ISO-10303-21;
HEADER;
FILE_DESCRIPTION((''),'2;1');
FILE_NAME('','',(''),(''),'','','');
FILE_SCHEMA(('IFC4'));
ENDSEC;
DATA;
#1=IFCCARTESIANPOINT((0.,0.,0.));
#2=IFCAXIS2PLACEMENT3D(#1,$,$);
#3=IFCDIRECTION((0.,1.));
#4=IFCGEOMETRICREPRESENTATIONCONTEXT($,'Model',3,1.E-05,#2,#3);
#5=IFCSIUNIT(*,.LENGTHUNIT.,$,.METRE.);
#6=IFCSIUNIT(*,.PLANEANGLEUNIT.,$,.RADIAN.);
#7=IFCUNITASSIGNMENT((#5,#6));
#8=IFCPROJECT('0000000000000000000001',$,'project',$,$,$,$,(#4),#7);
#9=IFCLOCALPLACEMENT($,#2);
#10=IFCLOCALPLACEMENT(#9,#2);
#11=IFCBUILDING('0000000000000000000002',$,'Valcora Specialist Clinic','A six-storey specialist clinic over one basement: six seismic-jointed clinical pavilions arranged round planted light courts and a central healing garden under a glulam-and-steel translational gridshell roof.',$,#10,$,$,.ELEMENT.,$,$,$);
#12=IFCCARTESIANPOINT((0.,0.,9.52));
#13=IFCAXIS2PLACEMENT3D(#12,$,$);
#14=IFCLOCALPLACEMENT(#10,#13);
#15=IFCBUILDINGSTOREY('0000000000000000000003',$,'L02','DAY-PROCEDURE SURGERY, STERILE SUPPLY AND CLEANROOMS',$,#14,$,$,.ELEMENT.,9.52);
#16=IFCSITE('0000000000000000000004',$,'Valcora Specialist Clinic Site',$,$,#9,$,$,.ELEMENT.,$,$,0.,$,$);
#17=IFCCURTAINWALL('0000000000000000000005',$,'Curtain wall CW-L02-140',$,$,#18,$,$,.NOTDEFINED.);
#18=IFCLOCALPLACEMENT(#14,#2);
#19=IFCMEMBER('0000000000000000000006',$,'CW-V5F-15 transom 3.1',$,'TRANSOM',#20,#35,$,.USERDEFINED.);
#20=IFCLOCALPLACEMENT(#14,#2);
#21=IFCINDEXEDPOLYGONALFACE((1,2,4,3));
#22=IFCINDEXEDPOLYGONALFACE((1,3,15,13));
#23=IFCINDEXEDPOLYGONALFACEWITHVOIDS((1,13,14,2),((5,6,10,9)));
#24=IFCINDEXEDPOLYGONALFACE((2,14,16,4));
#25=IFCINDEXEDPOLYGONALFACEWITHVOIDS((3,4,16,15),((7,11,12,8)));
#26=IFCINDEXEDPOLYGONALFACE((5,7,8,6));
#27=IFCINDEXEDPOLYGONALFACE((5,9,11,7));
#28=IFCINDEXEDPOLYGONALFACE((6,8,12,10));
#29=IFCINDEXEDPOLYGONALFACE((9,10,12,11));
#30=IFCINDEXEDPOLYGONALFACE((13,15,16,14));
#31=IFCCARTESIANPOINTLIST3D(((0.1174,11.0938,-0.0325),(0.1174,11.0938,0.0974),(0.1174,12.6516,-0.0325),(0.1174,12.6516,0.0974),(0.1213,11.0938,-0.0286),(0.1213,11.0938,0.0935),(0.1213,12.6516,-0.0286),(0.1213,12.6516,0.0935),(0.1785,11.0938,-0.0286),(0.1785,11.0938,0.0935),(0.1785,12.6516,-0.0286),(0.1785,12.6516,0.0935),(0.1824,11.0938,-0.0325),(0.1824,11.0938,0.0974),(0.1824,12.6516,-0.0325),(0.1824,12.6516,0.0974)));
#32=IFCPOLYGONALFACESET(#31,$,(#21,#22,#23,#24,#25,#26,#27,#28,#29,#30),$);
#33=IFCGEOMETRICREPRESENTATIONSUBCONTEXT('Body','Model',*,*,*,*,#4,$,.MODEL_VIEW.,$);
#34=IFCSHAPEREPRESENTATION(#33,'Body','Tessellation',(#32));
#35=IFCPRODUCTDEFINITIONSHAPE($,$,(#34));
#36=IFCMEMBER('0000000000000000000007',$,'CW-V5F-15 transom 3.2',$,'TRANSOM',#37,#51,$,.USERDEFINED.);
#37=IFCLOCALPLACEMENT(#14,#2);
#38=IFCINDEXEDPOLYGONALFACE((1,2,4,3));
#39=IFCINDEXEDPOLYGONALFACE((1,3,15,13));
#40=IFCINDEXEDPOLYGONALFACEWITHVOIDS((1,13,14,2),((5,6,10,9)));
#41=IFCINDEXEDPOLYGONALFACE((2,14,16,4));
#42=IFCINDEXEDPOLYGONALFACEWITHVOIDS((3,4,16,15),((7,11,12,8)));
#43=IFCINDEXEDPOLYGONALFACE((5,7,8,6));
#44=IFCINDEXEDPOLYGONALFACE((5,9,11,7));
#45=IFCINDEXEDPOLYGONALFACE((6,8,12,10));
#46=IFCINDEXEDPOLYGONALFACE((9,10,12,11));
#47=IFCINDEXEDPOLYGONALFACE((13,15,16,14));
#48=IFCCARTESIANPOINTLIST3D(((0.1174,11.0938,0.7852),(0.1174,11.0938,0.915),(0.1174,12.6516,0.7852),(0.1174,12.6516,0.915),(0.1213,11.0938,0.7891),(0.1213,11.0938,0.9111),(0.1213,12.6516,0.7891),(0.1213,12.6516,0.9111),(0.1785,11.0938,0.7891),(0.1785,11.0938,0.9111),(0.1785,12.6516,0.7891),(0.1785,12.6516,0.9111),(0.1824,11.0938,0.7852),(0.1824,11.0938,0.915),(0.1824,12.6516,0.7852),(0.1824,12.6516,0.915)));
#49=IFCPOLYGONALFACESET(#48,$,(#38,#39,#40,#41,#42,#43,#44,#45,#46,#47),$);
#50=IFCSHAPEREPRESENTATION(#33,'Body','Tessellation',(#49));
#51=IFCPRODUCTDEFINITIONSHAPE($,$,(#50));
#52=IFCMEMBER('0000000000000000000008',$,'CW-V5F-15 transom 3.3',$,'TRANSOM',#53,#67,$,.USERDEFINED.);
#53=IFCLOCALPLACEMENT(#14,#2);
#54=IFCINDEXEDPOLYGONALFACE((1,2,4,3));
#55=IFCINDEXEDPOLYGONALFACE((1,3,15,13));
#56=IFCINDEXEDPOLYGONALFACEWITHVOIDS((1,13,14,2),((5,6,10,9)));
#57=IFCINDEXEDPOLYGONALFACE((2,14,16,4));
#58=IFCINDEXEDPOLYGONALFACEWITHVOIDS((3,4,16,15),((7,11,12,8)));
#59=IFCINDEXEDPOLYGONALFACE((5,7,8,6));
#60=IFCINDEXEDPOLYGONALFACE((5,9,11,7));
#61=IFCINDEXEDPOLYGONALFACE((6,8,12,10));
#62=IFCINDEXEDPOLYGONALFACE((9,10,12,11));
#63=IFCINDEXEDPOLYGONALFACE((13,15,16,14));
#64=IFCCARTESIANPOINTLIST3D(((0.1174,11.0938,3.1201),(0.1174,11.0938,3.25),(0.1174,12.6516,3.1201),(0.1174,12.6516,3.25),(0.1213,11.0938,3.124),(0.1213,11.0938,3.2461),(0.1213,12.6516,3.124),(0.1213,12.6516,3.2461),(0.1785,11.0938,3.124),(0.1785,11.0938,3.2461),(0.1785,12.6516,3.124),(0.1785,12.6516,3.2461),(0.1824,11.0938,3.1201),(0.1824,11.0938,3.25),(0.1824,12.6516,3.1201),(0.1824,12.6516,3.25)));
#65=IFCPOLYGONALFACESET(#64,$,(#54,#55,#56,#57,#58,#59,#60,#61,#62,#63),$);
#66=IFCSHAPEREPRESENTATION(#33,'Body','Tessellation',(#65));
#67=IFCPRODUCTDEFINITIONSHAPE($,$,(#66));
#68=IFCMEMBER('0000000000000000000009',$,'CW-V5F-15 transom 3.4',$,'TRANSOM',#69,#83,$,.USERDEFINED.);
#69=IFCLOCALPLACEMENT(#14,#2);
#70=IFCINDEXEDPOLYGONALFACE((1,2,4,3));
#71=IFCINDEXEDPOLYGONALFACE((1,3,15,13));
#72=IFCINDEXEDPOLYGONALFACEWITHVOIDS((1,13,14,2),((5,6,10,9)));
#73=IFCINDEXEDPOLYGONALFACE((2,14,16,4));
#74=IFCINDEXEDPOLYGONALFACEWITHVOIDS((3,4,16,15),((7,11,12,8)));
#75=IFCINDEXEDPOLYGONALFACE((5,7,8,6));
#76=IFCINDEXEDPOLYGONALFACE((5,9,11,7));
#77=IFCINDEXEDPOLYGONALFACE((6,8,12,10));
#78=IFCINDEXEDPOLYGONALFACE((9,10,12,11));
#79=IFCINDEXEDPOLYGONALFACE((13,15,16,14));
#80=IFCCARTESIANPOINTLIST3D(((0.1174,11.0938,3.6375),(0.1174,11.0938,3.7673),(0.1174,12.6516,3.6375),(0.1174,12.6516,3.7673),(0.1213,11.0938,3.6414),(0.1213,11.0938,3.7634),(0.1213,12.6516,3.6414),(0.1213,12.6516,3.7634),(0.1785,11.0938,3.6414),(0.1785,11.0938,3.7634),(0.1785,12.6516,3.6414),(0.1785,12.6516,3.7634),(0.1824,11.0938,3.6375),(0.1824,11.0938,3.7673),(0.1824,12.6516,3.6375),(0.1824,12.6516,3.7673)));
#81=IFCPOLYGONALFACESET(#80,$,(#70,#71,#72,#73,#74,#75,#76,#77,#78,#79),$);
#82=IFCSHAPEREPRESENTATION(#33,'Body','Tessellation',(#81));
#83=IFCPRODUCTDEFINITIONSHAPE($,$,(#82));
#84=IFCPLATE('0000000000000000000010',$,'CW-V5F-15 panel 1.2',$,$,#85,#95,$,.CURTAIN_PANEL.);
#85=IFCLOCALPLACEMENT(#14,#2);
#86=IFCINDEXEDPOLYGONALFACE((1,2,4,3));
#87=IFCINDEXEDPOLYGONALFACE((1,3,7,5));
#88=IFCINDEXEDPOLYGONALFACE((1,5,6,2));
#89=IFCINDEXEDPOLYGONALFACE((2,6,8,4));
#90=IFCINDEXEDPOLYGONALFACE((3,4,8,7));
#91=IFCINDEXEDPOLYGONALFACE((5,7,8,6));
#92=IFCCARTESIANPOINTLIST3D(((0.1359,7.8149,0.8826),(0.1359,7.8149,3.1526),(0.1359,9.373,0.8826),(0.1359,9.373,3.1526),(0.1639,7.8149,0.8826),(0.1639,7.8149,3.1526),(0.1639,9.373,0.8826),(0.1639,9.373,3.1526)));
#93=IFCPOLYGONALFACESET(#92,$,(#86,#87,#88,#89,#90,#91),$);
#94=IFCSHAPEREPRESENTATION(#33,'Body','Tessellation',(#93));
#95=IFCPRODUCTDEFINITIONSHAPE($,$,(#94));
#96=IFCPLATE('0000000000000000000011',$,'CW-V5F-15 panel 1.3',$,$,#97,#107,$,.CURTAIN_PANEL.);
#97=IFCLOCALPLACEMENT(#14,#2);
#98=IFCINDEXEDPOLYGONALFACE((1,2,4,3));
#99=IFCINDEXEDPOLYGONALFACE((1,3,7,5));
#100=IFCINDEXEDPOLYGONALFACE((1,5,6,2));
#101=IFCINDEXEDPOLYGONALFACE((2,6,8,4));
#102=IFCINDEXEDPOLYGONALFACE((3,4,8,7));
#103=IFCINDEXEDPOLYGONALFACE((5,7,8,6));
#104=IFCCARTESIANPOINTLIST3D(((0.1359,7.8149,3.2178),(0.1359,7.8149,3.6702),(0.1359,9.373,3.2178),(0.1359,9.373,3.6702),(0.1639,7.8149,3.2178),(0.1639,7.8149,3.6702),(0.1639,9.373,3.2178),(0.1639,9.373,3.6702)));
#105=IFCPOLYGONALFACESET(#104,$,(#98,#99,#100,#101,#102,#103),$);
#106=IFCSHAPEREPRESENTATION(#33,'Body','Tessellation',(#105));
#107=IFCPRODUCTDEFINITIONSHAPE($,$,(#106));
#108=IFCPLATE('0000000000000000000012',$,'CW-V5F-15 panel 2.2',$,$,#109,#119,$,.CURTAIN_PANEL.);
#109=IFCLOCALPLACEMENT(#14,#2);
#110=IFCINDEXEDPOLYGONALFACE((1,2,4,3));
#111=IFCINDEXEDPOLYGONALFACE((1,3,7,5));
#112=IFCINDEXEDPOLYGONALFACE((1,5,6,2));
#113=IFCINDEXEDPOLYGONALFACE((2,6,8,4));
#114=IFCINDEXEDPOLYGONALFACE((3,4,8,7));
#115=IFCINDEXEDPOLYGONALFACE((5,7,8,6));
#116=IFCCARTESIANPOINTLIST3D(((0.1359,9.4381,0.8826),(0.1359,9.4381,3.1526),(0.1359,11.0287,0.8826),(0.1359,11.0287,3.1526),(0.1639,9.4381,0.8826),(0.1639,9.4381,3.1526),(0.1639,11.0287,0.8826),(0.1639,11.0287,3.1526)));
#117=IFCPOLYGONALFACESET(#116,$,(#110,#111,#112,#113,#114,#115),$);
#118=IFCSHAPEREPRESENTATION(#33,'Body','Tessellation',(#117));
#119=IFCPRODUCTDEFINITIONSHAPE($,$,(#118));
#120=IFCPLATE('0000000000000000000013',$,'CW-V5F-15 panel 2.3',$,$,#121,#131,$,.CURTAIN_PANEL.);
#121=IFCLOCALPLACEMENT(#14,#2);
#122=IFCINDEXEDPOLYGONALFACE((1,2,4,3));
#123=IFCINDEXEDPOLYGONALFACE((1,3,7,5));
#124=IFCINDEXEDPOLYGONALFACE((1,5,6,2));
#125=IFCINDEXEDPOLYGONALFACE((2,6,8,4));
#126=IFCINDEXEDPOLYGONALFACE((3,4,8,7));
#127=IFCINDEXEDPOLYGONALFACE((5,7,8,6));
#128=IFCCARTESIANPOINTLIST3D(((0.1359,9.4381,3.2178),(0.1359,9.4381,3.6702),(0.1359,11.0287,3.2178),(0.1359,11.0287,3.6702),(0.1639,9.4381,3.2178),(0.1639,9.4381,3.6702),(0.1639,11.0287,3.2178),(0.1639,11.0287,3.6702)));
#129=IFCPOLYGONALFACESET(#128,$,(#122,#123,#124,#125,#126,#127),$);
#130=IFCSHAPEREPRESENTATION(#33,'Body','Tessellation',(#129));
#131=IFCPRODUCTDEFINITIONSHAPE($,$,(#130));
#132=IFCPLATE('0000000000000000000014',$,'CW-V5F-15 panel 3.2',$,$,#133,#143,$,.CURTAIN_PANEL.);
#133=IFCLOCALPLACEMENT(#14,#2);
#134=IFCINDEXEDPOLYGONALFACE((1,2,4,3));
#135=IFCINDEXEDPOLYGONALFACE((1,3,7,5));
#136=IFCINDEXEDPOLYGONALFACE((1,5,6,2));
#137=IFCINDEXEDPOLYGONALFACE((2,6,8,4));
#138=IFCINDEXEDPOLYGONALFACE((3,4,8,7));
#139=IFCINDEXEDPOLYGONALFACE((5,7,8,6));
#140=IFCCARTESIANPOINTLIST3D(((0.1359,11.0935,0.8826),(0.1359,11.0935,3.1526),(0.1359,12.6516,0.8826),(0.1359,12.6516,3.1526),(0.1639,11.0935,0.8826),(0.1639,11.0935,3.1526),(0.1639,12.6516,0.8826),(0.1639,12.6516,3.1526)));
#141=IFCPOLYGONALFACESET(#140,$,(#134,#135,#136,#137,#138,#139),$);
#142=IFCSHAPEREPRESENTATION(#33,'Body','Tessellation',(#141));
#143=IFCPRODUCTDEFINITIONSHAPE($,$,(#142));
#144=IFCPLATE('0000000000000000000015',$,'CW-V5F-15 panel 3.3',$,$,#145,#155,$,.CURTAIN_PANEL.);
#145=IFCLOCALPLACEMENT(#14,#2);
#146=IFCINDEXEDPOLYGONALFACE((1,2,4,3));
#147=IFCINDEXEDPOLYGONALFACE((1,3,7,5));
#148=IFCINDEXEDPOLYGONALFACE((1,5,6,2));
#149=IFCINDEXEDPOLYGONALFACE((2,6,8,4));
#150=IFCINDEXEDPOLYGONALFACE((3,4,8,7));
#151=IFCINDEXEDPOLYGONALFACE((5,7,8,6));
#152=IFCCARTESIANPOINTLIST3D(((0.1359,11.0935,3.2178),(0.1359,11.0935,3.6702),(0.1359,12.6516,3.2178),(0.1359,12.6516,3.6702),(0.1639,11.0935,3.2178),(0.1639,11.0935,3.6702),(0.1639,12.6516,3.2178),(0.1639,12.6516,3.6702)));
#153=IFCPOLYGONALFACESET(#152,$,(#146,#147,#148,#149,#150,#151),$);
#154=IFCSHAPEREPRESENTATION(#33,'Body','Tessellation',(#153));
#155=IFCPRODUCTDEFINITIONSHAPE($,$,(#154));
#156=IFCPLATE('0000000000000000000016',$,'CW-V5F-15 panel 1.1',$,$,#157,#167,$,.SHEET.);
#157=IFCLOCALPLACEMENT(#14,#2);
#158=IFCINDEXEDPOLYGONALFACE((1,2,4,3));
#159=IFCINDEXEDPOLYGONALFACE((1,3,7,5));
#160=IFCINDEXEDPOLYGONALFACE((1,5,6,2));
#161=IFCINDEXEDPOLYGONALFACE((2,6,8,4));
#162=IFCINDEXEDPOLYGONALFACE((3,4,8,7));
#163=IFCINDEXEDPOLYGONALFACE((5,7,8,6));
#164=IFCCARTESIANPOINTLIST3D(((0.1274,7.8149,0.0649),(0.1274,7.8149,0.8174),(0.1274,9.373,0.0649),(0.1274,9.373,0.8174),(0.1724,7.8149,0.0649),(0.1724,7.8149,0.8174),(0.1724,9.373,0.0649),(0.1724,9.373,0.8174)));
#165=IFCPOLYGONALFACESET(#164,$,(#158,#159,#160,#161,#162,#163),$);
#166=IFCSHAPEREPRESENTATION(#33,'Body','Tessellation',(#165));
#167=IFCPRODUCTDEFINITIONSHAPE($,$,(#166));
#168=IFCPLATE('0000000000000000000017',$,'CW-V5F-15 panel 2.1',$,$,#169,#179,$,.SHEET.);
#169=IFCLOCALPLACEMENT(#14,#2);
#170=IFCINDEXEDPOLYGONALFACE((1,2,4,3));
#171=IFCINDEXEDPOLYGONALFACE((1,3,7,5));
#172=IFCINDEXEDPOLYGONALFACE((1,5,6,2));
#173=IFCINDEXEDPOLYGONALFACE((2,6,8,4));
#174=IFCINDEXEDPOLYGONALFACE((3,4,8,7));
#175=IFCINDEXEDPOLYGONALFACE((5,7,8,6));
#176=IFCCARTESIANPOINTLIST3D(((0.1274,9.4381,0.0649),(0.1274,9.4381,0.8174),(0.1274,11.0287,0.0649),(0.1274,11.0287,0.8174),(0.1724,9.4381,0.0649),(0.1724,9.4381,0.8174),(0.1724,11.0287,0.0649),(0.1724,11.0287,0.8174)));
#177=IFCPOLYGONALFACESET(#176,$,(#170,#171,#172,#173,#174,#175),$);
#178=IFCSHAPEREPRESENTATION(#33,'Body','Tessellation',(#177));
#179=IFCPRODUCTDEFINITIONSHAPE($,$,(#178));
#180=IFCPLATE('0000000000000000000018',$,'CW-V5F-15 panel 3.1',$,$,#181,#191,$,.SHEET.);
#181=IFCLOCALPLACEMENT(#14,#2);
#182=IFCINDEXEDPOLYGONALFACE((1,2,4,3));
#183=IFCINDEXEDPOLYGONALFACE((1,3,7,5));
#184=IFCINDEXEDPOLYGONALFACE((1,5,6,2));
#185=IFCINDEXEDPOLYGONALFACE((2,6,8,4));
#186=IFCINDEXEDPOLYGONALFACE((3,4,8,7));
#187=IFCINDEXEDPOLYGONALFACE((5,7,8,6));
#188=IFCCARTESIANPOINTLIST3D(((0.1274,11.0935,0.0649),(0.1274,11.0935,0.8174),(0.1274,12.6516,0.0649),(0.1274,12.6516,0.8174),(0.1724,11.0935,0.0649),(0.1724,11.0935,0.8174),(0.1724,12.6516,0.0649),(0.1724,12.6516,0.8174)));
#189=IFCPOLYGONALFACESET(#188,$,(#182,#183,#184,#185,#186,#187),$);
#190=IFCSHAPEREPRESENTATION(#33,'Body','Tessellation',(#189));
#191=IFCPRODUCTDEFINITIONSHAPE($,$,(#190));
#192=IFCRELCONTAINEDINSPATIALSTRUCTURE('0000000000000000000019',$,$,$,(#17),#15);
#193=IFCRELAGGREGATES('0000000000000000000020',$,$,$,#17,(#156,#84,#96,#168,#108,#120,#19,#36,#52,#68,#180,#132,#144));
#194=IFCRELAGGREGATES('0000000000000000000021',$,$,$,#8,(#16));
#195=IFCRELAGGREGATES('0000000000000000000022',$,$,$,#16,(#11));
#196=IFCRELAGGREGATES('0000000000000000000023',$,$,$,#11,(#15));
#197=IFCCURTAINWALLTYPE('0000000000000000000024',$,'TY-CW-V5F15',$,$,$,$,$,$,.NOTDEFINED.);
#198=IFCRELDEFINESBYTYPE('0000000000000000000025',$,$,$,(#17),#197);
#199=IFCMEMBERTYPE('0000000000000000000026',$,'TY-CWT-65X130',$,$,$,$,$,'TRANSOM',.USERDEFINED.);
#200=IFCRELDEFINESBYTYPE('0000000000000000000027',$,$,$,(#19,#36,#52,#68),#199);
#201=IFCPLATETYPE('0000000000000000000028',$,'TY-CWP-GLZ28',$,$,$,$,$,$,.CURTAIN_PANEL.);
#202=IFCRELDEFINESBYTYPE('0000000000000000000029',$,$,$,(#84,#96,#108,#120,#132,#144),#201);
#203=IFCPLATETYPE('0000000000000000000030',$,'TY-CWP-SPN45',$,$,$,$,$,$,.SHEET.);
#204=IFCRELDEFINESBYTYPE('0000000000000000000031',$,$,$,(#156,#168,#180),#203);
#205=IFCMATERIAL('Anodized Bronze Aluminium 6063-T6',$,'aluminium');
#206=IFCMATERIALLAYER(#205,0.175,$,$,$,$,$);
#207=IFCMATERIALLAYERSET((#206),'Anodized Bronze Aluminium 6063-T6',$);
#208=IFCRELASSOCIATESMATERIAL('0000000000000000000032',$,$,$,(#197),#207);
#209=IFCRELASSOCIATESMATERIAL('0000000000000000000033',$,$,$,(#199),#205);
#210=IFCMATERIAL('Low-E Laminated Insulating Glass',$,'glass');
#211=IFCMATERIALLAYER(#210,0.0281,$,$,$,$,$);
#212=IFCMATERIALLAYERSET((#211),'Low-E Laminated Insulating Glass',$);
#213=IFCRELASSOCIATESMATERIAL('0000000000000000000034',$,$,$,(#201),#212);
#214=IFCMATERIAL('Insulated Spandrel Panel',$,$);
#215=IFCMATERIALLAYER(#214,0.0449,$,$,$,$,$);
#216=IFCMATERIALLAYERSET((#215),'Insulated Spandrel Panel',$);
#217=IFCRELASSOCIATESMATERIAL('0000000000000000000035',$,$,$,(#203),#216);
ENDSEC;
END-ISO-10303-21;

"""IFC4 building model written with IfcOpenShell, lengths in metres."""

from ifc_helpers import new_model, si_unit, direction, frame, origin, origin_2d, place, context, subcontext, project, spatial, rectangle, hollow_rectangle, extrude, material, layer, layer_set, material_profile, profile_set, type_object, element, aggregate, save


model = new_model("IFC4")

# Units and contexts
model_context = context("Model", 3, precision=1e-05, world=origin(), true_north=direction((0.0, 1.0)))
body_context = subcontext(model_context, "Body", "Model", "MODEL_VIEW")
ifc_project = project(units=[si_unit("LENGTHUNIT", "METRE"), si_unit("PLANEANGLEUNIT", "RADIAN")], contexts=[model_context])

# Site, building, storey
site_placement = place(None, origin())
site = spatial("IfcSite", under=ifc_project, at=site_placement, Name="Valcora Specialist Clinic Site", CompositionType="ELEMENT", RefElevation=0.0)
building_placement = place(site_placement, origin())
building = spatial("IfcBuilding", under=site, at=building_placement, Name="Valcora Specialist Clinic", Description="A six-storey specialist clinic over one basement: six seismic-jointed clinical pavilions arranged round planted light courts and a central healing garden under a glulam-and-steel translational gridshell roof.", CompositionType="ELEMENT")
storey_placement = place(building_placement, frame((0.0, 0.0, 9.52)))
storey = spatial("IfcBuildingStorey", under=building, at=storey_placement, Name="L02", Description="DAY-PROCEDURE SURGERY, STERILE SUPPLY AND CLEANROOMS", CompositionType="ELEMENT", Elevation=9.52)

# Curtain wall, members, plates
ifc_material_1 = material(Name="Anodized Bronze Aluminium 6063-T6", Category="aluminium")
ifc_layer_1 = layer(ifc_material_1, 0.175)
ifc_layer_set_1 = layer_set([ifc_layer_1], Name="Anodized Bronze Aluminium 6063-T6")
curtain_wall_type = type_object("IfcCurtainWallType", Name="TY-CW-V5F15", PredefinedType="NOTDEFINED", material=ifc_layer_set_1)
curtain_wall_placement = place(storey_placement, origin())
curtain_wall = element("IfcCurtainWall", 1, at=curtain_wall_placement, inside=storey, type_object=curtain_wall_type, Name="Curtain wall CW-L02-140", PredefinedType="NOTDEFINED")
ifc_material_profile_1 = material_profile(ifc_material_1, hollow_rectangle(XDim=0.0649, YDim=0.1299, WallThickness=0.0039, at=origin_2d()), Name="AL-TRN-65X130")
ifc_profile_set_1 = profile_set([ifc_material_profile_1], Name="Anodized Bronze Aluminium 6063-T6")
member_type_1 = type_object("IfcMemberType", Name="TY-CWT-65X130", ElementType="TRANSOM", PredefinedType="USERDEFINED", material=ifc_profile_set_1)
member_1_placement = place(storey_placement, frame((0.1499, 11.0938, 0.0325), z_axis=(0.0, 1.0, 0.0), x_axis=(-1.0, 0.0, 0.0)))
member_1 = element("IfcMember", 2, at=member_1_placement, type_object=member_type_1, Name="CW-V5F-15 transom 3.1", ObjectType="TRANSOM", PredefinedType="USERDEFINED", context=body_context, shape_type="SweptSolid", body=[
    extrude(hollow_rectangle(XDim=0.0649, YDim=0.1299, WallThickness=0.0039, at=origin_2d()), origin(), (0.0, 0.0, 1.0), 1.5579),
])
member_2_placement = place(storey_placement, frame((0.1499, 11.0938, 0.8501), z_axis=(0.0, 1.0, 0.0), x_axis=(-1.0, 0.0, 0.0)))
member_2 = element("IfcMember", 3, at=member_2_placement, type_object=member_type_1, Name="CW-V5F-15 transom 3.2", ObjectType="TRANSOM", PredefinedType="USERDEFINED", context=body_context, shape_type="SweptSolid", body=[
    extrude(hollow_rectangle(XDim=0.0649, YDim=0.1299, WallThickness=0.0039, at=origin_2d()), origin(), (0.0, 0.0, 1.0), 1.5579),
])
member_3_placement = place(storey_placement, frame((0.1499, 11.0938, 3.1851), z_axis=(0.0, 1.0, 0.0), x_axis=(-1.0, 0.0, 0.0)))
member_3 = element("IfcMember", 4, at=member_3_placement, type_object=member_type_1, Name="CW-V5F-15 transom 3.3", ObjectType="TRANSOM", PredefinedType="USERDEFINED", context=body_context, shape_type="SweptSolid", body=[
    extrude(hollow_rectangle(XDim=0.0649, YDim=0.1299, WallThickness=0.0039, at=origin_2d()), origin(), (0.0, 0.0, 1.0), 1.5579),
])
member_4_placement = place(storey_placement, frame((0.1499, 11.0938, 3.7024), z_axis=(0.0, 1.0, 0.0), x_axis=(-1.0, 0.0, 0.0)))
member_4 = element("IfcMember", 5, at=member_4_placement, type_object=member_type_1, Name="CW-V5F-15 transom 3.4", ObjectType="TRANSOM", PredefinedType="USERDEFINED", context=body_context, shape_type="SweptSolid", body=[
    extrude(hollow_rectangle(XDim=0.0649, YDim=0.1299, WallThickness=0.0039, at=origin_2d()), origin(), (0.0, 0.0, 1.0), 1.5579),
])
ifc_material_2 = material(Name="Low-E Laminated Insulating Glass", Category="glass")
ifc_layer_2 = layer(ifc_material_2, 0.0281)
ifc_layer_set_2 = layer_set([ifc_layer_2], Name="Low-E Laminated Insulating Glass")
plate_type_1 = type_object("IfcPlateType", Name="TY-CWP-GLZ28", PredefinedType="CURTAIN_PANEL", material=ifc_layer_set_2)
plate_1_placement = place(storey_placement, frame((0.1499, 8.594, 0.8826), z_axis=(0.0, 0.0, 1.0), x_axis=(0.0, 1.0, 0.0)))
plate_1 = element("IfcPlate", 6, at=plate_1_placement, type_object=plate_type_1, Name="CW-V5F-15 panel 1.2", PredefinedType="CURTAIN_PANEL", context=body_context, shape_type="SweptSolid", body=[
    extrude(rectangle(XDim=1.5581, YDim=0.0281, at=origin_2d()), origin(), (0.0, 0.0, 1.0), 2.27),
])
plate_2_placement = place(storey_placement, frame((0.1499, 8.594, 3.2178), z_axis=(0.0, 0.0, 1.0), x_axis=(0.0, 1.0, 0.0)))
plate_2 = element("IfcPlate", 7, at=plate_2_placement, type_object=plate_type_1, Name="CW-V5F-15 panel 1.3", PredefinedType="CURTAIN_PANEL", context=body_context, shape_type="SweptSolid", body=[
    extrude(rectangle(XDim=1.5581, YDim=0.0281, at=origin_2d()), origin(), (0.0, 0.0, 1.0), 0.4524),
])
plate_3_placement = place(storey_placement, frame((0.1499, 10.2334, 0.8826), z_axis=(0.0, 0.0, 1.0), x_axis=(0.0, 1.0, 0.0)))
plate_3 = element("IfcPlate", 8, at=plate_3_placement, type_object=plate_type_1, Name="CW-V5F-15 panel 2.2", PredefinedType="CURTAIN_PANEL", context=body_context, shape_type="SweptSolid", body=[
    extrude(rectangle(XDim=1.5906, YDim=0.0281, at=origin_2d()), origin(), (0.0, 0.0, 1.0), 2.27),
])
plate_4_placement = place(storey_placement, frame((0.1499, 10.2334, 3.2178), z_axis=(0.0, 0.0, 1.0), x_axis=(0.0, 1.0, 0.0)))
plate_4 = element("IfcPlate", 9, at=plate_4_placement, type_object=plate_type_1, Name="CW-V5F-15 panel 2.3", PredefinedType="CURTAIN_PANEL", context=body_context, shape_type="SweptSolid", body=[
    extrude(rectangle(XDim=1.5906, YDim=0.0281, at=origin_2d()), origin(), (0.0, 0.0, 1.0), 0.4524),
])
plate_5_placement = place(storey_placement, frame((0.1499, 11.8726, 0.8826), z_axis=(0.0, 0.0, 1.0), x_axis=(0.0, 1.0, 0.0)))
plate_5 = element("IfcPlate", 10, at=plate_5_placement, type_object=plate_type_1, Name="CW-V5F-15 panel 3.2", PredefinedType="CURTAIN_PANEL", context=body_context, shape_type="SweptSolid", body=[
    extrude(rectangle(XDim=1.5581, YDim=0.0281, at=origin_2d()), origin(), (0.0, 0.0, 1.0), 2.27),
])
plate_6_placement = place(storey_placement, frame((0.1499, 11.8726, 3.2178), z_axis=(0.0, 0.0, 1.0), x_axis=(0.0, 1.0, 0.0)))
plate_6 = element("IfcPlate", 11, at=plate_6_placement, type_object=plate_type_1, Name="CW-V5F-15 panel 3.3", PredefinedType="CURTAIN_PANEL", context=body_context, shape_type="SweptSolid", body=[
    extrude(rectangle(XDim=1.5581, YDim=0.0281, at=origin_2d()), origin(), (0.0, 0.0, 1.0), 0.4524),
])
ifc_material_3 = material(Name="Insulated Spandrel Panel")
ifc_layer_3 = layer(ifc_material_3, 0.0449)
ifc_layer_set_3 = layer_set([ifc_layer_3], Name="Insulated Spandrel Panel")
plate_type_2 = type_object("IfcPlateType", Name="TY-CWP-SPN45", PredefinedType="SHEET", material=ifc_layer_set_3)
plate_7_placement = place(storey_placement, frame((0.1499, 8.594, 0.0649), z_axis=(0.0, 0.0, 1.0), x_axis=(0.0, 1.0, 0.0)))
plate_7 = element("IfcPlate", 12, at=plate_7_placement, type_object=plate_type_2, Name="CW-V5F-15 panel 1.1", PredefinedType="SHEET", context=body_context, shape_type="SweptSolid", body=[
    extrude(rectangle(XDim=1.5581, YDim=0.0449, at=origin_2d()), origin(), (0.0, 0.0, 1.0), 0.7524),
])
plate_8_placement = place(storey_placement, frame((0.1499, 10.2334, 0.0649), z_axis=(0.0, 0.0, 1.0), x_axis=(0.0, 1.0, 0.0)))
plate_8 = element("IfcPlate", 13, at=plate_8_placement, type_object=plate_type_2, Name="CW-V5F-15 panel 2.1", PredefinedType="SHEET", context=body_context, shape_type="SweptSolid", body=[
    extrude(rectangle(XDim=1.5906, YDim=0.0449, at=origin_2d()), origin(), (0.0, 0.0, 1.0), 0.7524),
])
plate_9_placement = place(storey_placement, frame((0.1499, 11.8726, 0.0649), z_axis=(0.0, 0.0, 1.0), x_axis=(0.0, 1.0, 0.0)))
plate_9 = element("IfcPlate", 14, at=plate_9_placement, type_object=plate_type_2, Name="CW-V5F-15 panel 3.1", PredefinedType="SHEET", context=body_context, shape_type="SweptSolid", body=[
    extrude(rectangle(XDim=1.5581, YDim=0.0449, at=origin_2d()), origin(), (0.0, 0.0, 1.0), 0.7524),
])
aggregate(curtain_wall, [plate_7, plate_1, plate_2, plate_8, plate_3, plate_4, member_1, member_2, member_3, member_4, plate_9, plate_5, plate_6])

save(model, "model.ifc")
